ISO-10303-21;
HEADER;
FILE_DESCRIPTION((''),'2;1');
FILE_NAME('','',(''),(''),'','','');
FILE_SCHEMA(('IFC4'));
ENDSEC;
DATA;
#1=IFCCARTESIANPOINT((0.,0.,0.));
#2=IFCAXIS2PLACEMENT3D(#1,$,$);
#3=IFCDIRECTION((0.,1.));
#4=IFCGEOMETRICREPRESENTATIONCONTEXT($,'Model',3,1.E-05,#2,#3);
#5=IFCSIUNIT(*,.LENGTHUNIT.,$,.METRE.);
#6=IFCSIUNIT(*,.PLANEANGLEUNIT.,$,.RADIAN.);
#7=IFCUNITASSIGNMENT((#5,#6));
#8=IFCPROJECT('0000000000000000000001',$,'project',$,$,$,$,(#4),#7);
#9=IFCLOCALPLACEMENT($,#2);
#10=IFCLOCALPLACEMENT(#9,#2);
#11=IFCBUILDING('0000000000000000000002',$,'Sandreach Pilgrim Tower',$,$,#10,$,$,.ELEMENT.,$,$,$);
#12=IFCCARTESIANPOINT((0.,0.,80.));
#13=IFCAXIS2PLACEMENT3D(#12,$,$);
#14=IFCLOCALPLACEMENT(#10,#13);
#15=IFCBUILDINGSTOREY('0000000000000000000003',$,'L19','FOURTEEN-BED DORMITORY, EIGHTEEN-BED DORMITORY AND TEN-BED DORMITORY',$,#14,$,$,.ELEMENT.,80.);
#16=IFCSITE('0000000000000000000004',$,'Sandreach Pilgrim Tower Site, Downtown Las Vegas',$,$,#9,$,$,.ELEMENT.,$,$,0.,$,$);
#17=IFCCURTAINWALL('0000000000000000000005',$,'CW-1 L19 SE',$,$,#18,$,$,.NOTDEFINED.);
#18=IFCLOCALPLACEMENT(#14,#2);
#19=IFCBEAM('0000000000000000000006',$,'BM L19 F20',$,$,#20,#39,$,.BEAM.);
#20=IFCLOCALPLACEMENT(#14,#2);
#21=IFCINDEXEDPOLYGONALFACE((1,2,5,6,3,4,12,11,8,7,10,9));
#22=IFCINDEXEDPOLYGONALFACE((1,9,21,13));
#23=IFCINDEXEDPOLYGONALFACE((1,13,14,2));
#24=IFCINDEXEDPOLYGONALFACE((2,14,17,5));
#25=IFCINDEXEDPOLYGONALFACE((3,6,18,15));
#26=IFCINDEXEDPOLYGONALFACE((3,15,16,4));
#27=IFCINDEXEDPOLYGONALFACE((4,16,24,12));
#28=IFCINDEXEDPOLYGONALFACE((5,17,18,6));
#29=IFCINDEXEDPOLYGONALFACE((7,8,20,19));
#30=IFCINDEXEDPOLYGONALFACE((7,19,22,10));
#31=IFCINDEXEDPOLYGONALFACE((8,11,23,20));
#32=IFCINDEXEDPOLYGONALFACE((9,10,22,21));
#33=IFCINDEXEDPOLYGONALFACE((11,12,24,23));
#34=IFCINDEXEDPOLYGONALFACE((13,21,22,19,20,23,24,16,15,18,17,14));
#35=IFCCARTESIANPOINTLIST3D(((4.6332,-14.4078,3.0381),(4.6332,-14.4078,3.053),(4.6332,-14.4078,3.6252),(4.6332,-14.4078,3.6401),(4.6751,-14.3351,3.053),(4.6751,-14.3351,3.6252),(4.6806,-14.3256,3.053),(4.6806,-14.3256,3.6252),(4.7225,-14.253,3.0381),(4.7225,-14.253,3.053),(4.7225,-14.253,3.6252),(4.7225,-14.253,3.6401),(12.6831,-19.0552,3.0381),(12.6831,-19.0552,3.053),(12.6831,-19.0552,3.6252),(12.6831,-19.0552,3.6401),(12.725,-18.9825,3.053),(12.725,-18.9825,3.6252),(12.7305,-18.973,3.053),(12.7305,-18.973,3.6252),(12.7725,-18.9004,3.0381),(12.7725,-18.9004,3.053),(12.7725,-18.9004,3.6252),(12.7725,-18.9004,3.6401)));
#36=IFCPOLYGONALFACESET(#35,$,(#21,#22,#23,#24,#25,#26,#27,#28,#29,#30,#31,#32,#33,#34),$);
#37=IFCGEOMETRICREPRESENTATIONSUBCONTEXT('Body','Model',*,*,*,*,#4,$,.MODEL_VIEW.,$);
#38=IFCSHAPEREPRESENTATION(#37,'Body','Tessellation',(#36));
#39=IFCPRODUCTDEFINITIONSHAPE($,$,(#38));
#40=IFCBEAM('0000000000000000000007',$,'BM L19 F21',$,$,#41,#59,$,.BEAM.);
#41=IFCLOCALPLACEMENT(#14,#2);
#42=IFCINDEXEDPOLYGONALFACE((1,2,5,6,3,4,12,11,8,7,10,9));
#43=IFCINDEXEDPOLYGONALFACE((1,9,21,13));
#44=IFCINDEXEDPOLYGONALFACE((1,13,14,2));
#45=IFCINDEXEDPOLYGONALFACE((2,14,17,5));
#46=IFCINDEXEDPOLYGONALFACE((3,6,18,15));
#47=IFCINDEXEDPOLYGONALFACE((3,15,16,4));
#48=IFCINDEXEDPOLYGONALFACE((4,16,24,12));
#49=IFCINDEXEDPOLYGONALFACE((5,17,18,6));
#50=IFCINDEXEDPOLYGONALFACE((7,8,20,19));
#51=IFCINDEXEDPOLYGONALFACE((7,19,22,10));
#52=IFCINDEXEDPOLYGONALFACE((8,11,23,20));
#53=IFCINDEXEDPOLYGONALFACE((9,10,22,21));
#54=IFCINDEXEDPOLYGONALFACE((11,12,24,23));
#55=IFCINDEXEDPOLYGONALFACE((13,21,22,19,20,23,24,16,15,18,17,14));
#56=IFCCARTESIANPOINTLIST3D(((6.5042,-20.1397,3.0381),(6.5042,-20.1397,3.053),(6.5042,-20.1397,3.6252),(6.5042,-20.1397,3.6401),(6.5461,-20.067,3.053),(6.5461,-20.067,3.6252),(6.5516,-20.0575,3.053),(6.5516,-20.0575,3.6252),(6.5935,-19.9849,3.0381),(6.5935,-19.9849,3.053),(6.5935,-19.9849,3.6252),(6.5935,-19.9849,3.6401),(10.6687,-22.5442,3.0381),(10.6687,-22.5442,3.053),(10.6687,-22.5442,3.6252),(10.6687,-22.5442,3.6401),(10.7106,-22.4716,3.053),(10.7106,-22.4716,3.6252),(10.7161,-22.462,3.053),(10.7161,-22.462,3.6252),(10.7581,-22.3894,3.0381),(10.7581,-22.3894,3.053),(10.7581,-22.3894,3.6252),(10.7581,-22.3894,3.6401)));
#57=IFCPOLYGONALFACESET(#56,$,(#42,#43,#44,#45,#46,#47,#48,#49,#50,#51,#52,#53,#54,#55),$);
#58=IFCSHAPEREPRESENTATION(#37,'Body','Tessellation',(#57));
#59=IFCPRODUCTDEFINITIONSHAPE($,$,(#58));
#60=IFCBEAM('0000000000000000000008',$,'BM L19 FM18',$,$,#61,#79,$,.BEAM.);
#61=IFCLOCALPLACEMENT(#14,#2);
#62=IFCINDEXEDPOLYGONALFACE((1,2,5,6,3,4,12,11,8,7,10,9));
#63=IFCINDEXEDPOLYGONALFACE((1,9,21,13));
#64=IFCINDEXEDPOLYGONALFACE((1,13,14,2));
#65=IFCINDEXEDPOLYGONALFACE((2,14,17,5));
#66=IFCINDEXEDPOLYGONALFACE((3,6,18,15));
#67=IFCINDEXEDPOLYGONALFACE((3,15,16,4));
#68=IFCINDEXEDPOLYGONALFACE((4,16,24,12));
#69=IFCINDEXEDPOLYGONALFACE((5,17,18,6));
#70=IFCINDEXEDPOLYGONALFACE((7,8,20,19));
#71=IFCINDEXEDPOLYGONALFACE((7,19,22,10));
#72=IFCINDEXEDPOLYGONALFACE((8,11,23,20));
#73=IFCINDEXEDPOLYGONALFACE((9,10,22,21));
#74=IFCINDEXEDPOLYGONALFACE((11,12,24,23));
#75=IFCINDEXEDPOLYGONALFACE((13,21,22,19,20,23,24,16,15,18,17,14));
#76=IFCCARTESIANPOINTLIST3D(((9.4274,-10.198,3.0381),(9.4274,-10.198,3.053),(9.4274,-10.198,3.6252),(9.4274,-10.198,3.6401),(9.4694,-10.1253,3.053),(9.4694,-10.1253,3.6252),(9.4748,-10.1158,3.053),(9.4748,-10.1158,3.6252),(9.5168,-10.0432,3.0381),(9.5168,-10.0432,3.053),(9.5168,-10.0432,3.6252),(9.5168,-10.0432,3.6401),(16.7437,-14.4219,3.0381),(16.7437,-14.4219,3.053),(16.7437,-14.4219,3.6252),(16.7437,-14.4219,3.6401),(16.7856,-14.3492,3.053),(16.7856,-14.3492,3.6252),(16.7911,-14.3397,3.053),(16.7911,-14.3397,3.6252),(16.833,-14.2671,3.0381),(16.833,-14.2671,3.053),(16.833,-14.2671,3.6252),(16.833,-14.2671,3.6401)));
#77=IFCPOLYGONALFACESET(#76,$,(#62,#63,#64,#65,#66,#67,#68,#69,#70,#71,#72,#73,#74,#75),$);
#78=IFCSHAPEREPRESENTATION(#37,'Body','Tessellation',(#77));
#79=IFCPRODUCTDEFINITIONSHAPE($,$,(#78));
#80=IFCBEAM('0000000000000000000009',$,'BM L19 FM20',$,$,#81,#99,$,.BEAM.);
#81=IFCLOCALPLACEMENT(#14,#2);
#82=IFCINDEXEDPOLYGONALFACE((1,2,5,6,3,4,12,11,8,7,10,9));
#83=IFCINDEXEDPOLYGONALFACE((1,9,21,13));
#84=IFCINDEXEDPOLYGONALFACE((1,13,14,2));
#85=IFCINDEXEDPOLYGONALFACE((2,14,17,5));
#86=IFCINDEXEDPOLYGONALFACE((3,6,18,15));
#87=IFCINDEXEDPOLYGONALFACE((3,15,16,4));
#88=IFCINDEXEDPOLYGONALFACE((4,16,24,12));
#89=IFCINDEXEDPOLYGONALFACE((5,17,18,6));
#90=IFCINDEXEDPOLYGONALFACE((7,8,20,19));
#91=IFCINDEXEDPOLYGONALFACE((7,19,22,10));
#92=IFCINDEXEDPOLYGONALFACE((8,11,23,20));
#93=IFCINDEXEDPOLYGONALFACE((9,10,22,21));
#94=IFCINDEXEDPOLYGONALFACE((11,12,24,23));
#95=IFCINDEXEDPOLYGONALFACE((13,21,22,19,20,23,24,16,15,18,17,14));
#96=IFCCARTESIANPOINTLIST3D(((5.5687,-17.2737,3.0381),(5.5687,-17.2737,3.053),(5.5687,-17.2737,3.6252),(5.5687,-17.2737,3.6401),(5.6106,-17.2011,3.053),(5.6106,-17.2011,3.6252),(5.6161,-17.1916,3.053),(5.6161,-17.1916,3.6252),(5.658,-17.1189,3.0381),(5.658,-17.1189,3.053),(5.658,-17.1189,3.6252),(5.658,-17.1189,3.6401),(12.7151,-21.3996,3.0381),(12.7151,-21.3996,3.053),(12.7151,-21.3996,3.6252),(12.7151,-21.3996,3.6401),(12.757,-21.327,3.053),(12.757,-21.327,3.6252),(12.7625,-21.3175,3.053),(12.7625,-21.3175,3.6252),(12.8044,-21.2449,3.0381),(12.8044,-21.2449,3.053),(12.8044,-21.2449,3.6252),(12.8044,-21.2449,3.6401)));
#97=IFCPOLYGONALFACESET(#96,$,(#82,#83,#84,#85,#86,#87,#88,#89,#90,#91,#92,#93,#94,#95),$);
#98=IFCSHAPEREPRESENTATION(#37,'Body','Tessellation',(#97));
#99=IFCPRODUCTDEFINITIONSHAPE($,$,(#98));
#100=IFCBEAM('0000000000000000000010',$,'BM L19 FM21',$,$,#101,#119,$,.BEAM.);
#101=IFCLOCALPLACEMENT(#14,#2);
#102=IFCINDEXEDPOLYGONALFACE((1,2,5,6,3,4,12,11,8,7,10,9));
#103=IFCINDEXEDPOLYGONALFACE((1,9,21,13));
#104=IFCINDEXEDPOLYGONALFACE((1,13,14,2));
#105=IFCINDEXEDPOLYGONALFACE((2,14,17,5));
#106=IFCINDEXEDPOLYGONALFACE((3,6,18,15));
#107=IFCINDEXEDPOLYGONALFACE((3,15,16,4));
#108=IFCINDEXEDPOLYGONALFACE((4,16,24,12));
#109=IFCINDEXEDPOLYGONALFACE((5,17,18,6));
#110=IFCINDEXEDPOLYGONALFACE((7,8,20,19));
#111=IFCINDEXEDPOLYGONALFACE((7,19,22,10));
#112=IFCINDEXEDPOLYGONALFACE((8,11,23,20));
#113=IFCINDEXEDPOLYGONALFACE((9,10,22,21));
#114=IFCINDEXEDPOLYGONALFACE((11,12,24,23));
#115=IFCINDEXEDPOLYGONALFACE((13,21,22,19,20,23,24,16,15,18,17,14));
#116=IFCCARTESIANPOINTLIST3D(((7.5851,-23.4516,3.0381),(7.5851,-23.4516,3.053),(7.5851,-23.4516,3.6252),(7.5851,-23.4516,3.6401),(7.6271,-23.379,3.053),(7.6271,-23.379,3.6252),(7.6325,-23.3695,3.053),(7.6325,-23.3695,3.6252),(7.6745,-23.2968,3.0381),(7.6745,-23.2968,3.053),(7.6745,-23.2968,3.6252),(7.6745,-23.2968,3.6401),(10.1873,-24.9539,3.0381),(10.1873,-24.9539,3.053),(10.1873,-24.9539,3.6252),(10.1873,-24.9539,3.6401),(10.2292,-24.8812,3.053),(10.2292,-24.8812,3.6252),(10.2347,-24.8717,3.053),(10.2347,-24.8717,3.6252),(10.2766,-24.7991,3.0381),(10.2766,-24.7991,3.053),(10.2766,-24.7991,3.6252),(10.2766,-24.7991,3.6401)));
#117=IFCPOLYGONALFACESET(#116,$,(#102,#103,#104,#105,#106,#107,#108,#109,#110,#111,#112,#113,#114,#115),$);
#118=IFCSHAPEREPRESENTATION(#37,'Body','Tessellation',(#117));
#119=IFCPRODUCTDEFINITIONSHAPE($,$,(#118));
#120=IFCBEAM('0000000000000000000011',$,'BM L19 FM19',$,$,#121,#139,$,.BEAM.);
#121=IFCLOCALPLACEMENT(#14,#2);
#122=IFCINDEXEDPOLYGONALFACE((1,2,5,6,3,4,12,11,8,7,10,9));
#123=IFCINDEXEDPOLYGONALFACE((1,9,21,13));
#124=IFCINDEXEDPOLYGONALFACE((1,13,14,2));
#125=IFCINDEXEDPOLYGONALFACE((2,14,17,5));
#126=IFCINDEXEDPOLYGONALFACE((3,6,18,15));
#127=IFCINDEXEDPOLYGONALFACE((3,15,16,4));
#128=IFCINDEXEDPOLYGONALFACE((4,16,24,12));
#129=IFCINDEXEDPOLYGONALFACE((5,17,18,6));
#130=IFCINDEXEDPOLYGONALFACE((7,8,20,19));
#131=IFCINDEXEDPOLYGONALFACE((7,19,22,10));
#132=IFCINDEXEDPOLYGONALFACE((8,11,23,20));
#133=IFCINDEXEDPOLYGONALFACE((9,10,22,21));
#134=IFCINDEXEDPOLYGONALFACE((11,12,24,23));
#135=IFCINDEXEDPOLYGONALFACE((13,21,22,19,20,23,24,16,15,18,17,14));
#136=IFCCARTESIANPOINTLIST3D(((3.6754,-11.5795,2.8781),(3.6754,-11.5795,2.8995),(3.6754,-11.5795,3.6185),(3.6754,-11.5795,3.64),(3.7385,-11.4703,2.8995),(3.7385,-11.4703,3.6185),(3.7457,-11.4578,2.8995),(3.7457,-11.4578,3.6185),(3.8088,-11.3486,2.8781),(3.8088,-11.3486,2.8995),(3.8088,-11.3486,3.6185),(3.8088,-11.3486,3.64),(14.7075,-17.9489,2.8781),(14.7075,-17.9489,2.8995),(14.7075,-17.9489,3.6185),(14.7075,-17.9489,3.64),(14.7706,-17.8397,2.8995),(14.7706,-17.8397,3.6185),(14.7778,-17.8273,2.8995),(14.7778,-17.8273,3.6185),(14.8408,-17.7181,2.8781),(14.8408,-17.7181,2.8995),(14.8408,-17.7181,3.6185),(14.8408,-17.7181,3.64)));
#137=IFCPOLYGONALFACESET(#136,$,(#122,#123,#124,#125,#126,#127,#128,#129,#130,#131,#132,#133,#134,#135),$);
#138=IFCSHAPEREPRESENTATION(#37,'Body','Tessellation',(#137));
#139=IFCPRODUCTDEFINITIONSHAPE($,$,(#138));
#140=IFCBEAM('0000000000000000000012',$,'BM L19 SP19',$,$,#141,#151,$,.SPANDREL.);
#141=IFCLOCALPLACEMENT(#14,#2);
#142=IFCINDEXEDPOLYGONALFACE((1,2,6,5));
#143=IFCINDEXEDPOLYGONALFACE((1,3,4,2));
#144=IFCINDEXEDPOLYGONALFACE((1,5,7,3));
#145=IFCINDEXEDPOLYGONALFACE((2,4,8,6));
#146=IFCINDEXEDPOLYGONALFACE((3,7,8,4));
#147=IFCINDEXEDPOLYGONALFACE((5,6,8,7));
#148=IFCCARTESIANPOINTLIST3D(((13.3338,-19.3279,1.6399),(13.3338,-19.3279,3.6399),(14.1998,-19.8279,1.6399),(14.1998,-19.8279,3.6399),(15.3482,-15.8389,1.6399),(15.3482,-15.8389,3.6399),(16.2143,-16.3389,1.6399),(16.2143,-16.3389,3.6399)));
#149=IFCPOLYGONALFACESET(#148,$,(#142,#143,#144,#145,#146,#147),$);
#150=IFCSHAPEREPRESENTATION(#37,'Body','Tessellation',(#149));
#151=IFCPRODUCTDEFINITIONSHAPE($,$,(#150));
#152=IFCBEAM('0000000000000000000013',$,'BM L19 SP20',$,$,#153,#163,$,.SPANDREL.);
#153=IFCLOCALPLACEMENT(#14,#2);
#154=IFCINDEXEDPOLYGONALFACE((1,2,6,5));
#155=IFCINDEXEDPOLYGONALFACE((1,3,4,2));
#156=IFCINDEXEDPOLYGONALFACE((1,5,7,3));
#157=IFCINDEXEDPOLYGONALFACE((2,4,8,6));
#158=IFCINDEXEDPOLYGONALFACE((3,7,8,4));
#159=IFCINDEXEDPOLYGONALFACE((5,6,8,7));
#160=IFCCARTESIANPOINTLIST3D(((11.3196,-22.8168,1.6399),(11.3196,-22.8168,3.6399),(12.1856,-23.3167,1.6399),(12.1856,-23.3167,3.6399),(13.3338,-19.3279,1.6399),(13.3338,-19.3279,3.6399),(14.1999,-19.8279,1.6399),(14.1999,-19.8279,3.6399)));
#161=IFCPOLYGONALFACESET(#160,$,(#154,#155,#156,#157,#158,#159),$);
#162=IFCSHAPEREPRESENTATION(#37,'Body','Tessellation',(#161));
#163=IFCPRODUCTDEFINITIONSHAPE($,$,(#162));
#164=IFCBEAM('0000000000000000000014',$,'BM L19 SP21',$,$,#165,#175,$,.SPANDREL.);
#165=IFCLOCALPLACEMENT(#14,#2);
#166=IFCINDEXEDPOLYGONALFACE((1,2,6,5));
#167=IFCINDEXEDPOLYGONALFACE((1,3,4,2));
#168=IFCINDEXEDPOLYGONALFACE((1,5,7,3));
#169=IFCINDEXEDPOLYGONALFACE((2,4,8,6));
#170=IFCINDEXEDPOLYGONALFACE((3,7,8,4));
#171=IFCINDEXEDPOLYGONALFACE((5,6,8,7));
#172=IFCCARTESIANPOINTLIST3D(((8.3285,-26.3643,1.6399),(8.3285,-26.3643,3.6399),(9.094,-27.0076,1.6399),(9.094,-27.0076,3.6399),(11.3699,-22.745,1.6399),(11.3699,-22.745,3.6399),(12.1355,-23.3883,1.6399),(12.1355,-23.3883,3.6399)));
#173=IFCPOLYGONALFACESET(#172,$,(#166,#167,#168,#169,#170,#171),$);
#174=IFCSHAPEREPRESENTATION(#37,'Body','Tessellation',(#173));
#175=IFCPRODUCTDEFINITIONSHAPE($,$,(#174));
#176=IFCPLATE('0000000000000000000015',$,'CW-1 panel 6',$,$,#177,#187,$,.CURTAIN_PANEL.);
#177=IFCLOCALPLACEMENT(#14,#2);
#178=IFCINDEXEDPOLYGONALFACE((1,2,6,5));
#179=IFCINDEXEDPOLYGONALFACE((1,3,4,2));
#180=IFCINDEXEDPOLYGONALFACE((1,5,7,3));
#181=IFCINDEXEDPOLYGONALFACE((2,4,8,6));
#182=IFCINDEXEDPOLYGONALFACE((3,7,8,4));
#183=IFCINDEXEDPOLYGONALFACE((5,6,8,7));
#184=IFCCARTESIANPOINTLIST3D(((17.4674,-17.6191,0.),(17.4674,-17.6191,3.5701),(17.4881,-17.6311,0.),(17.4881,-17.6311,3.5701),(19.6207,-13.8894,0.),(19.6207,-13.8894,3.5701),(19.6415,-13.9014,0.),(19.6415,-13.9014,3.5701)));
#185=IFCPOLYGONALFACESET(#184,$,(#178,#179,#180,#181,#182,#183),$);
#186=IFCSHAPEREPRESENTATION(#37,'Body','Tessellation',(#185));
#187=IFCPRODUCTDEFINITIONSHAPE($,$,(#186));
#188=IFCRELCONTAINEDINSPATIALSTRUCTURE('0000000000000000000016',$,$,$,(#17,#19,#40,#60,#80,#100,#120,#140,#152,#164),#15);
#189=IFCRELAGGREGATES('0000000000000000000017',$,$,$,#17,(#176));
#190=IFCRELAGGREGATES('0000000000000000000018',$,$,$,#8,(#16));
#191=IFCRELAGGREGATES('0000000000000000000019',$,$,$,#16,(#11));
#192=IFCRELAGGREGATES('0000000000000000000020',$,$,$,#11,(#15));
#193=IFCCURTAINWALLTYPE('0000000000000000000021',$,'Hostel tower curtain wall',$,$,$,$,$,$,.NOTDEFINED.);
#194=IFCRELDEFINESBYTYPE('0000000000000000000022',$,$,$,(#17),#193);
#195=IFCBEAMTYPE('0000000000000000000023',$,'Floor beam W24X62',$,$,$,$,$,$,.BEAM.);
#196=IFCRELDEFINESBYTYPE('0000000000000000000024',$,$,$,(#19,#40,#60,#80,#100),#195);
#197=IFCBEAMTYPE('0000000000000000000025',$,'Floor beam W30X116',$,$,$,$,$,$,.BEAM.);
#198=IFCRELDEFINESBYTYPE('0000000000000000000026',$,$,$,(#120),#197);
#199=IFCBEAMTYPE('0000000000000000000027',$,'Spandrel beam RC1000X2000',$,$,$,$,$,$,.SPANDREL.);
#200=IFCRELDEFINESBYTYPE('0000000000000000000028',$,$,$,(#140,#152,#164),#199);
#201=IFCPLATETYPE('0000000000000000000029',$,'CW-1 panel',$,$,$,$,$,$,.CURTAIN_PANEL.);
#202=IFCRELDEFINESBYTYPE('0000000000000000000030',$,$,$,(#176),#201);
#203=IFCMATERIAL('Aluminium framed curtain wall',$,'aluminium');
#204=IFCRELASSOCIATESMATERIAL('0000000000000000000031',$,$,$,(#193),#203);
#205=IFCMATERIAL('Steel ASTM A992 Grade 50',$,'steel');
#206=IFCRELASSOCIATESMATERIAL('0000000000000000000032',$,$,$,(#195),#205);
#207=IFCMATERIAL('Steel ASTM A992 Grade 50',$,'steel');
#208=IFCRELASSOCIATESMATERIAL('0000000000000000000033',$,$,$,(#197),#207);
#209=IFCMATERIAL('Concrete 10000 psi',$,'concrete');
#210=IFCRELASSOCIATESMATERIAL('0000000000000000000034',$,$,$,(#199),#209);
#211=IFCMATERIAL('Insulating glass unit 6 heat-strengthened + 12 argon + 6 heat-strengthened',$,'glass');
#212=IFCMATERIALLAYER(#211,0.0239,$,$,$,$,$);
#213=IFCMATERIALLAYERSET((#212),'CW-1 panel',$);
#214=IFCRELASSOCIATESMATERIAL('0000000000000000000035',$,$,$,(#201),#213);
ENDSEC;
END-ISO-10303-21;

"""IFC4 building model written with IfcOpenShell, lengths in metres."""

from ifc_helpers import new_model, si_unit, direction, frame, origin, origin_2d, place, context, subcontext, project, spatial, rectangle, i_section, extrude, material, layer, layer_set, material_profile, profile_set, type_object, element, aggregate, save


model = new_model("IFC4")

# Units and contexts
model_context = context("Model", 3, precision=1e-05, world=origin(), true_north=direction((0.0, 1.0)))
body_context = subcontext(model_context, "Body", "Model", "MODEL_VIEW")
ifc_project = project(units=[si_unit("LENGTHUNIT", "METRE"), si_unit("PLANEANGLEUNIT", "RADIAN")], contexts=[model_context])

# Site, building, storey
site_placement = place(None, origin())
site = spatial("IfcSite", under=ifc_project, at=site_placement, Name="Sandreach Pilgrim Tower Site, Downtown Las Vegas", CompositionType="ELEMENT", RefElevation=0.0)
building_placement = place(site_placement, origin())
building = spatial("IfcBuilding", under=site, at=building_placement, Name="Sandreach Pilgrim Tower", CompositionType="ELEMENT")
storey_placement = place(building_placement, frame((0.0, 0.0, 80.0)))
storey = spatial("IfcBuildingStorey", under=building, at=storey_placement, Name="L19", Description="FOURTEEN-BED DORMITORY, EIGHTEEN-BED DORMITORY AND TEN-BED DORMITORY", CompositionType="ELEMENT", Elevation=80.0)

# Curtain wall
ifc_material_1 = material(Name="Aluminium framed curtain wall", Category="aluminium")
curtain_wall_type = type_object("IfcCurtainWallType", Name="Hostel tower curtain wall", PredefinedType="NOTDEFINED", material=ifc_material_1)
curtain_wall_1_placement = place(storey_placement, origin())
curtain_wall_1 = element("IfcCurtainWall", 1, at=curtain_wall_1_placement, inside=storey, type_object=curtain_wall_type, Name="CW-1 L19 SE", PredefinedType="NOTDEFINED")

# Beams
ifc_material_2 = material(Name="Steel ASTM A992 Grade 50", Category="steel")
ifc_material_profile_1 = material_profile(ifc_material_2, i_section(OverallWidth=0.1787, OverallDepth=0.6021, WebThickness=0.011, FlangeThickness=0.0149, at=origin_2d()), Name="W24X62")
ifc_profile_set_1 = profile_set([ifc_material_profile_1], Name="Steel ASTM A992 Grade 50")
beam_type_1 = type_object("IfcBeamType", Name="Floor beam W24X62", PredefinedType="BEAM", material=ifc_profile_set_1)
beam_1_placement = place(storey_placement, frame((12.7278, -18.9778, 3.3391), z_axis=(-0.866036, 0.499981, 0.0), x_axis=(-0.499981, -0.866036, 0.0)))
element("IfcBeam", 2, at=beam_1_placement, inside=storey, type_object=beam_type_1, Name="BM L19 F20", PredefinedType="BEAM", context=body_context, shape_type="SweptSolid", body=[
    extrude(i_section(OverallWidth=0.1787, OverallDepth=0.6021, WebThickness=0.011, FlangeThickness=0.0149, at=origin_2d()), origin(), (0.0, 0.0, 1.0), 9.2952),
])
beam_2_placement = place(storey_placement, frame((10.7134, -22.4668, 3.3391), z_axis=(-0.866013, 0.500021, 0.0), x_axis=(-0.500021, -0.866013, 0.0)))
element("IfcBeam", 3, at=beam_2_placement, inside=storey, type_object=beam_type_1, Name="BM L19 F21", PredefinedType="BEAM", context=body_context, shape_type="SweptSolid", body=[
    extrude(i_section(OverallWidth=0.1787, OverallDepth=0.6021, WebThickness=0.011, FlangeThickness=0.0149, at=origin_2d()), origin(), (0.0, 0.0, 1.0), 4.8088),
])
beam_3_placement = place(storey_placement, frame((16.7883, -14.3445, 3.3391), z_axis=(-0.866031, 0.49999, 0.0), x_axis=(-0.49999, -0.866031, 0.0)))
element("IfcBeam", 4, at=beam_3_placement, inside=storey, type_object=beam_type_1, Name="BM L19 FM18", PredefinedType="BEAM", context=body_context, shape_type="SweptSolid", body=[
    extrude(i_section(OverallWidth=0.1787, OverallDepth=0.6021, WebThickness=0.011, FlangeThickness=0.0149, at=origin_2d()), origin(), (0.0, 0.0, 1.0), 8.448),
])
beam_4_placement = place(storey_placement, frame((12.7598, -21.3223, 3.3391), z_axis=(-0.866028, 0.499996, 0.0), x_axis=(-0.499996, -0.866028, 0.0)))
element("IfcBeam", 5, at=beam_4_placement, inside=storey, type_object=beam_type_1, Name="BM L19 FM20", PredefinedType="BEAM", context=body_context, shape_type="SweptSolid", body=[
    extrude(i_section(OverallWidth=0.1787, OverallDepth=0.6021, WebThickness=0.011, FlangeThickness=0.0149, at=origin_2d()), origin(), (0.0, 0.0, 1.0), 8.252),
])
beam_5_placement = place(storey_placement, frame((10.2319, -24.8765, 3.3391), z_axis=(-0.866039, 0.499976, 0.0), x_axis=(-0.499976, -0.866039, 0.0)))
element("IfcBeam", 6, at=beam_5_placement, inside=storey, type_object=beam_type_1, Name="BM L19 FM21", PredefinedType="BEAM", context=body_context, shape_type="SweptSolid", body=[
    extrude(i_section(OverallWidth=0.1787, OverallDepth=0.6021, WebThickness=0.011, FlangeThickness=0.0149, at=origin_2d()), origin(), (0.0, 0.0, 1.0), 3.0046),
])
ifc_material_3 = material(Name="Steel ASTM A992 Grade 50", Category="steel")
ifc_material_profile_2 = material_profile(ifc_material_3, i_section(OverallWidth=0.2666, OverallDepth=0.762, WebThickness=0.0144, FlangeThickness=0.0215, at=origin_2d()), Name="W30X116")
ifc_profile_set_2 = profile_set([ifc_material_profile_2], Name="Steel ASTM A992 Grade 50")
beam_type_2 = type_object("IfcBeamType", Name="Floor beam W30X116", PredefinedType="BEAM", material=ifc_profile_set_2)
beam_6_placement = place(storey_placement, frame((14.7742, -17.8335, 3.259), z_axis=(-0.866023, 0.500004, 0.0), x_axis=(-0.500004, -0.866023, 0.0)))
element("IfcBeam", 7, at=beam_6_placement, inside=storey, type_object=beam_type_2, Name="BM L19 FM19", PredefinedType="BEAM", context=body_context, shape_type="SweptSolid", body=[
    extrude(i_section(OverallWidth=0.2666, OverallDepth=0.762, WebThickness=0.0144, FlangeThickness=0.0215, at=origin_2d()), origin(), (0.0, 0.0, 1.0), 12.7388),
])
ifc_material_4 = material(Name="Concrete 10000 psi", Category="concrete")
ifc_material_profile_3 = material_profile(ifc_material_4, rectangle(XDim=1.0, YDim=2.0, at=origin_2d()), Name="RC1000X2000")
ifc_profile_set_3 = profile_set([ifc_material_profile_3], Name="Concrete 10000 psi")
beam_type_3 = type_object("IfcBeamType", Name="Spandrel beam RC1000X2000", PredefinedType="SPANDREL", material=ifc_profile_set_3)
beam_7_placement = place(storey_placement, frame((15.7812, -16.0889, 2.6399), z_axis=(-0.500004, -0.866023, 0.0), x_axis=(0.866023, -0.500004, 0.0)))
element("IfcBeam", 8, at=beam_7_placement, inside=storey, type_object=beam_type_3, Name="BM L19 SP19", PredefinedType="SPANDREL", context=body_context, shape_type="SweptSolid", body=[
    extrude(rectangle(XDim=1.0, YDim=2.0, at=origin_2d()), origin(), (0.0, 0.0, 1.0), 4.0288),
])
beam_8_placement = place(storey_placement, frame((13.7668, -19.5779, 2.6399), z_axis=(-0.499985, -0.866034, 0.0), x_axis=(0.866034, -0.499985, 0.0)))
element("IfcBeam", 9, at=beam_8_placement, inside=storey, type_object=beam_type_3, Name="BM L19 SP20", PredefinedType="SPANDREL", context=body_context, shape_type="SweptSolid", body=[
    extrude(rectangle(XDim=1.0, YDim=2.0, at=origin_2d()), origin(), (0.0, 0.0, 1.0), 4.0286),
])
beam_9_placement = place(storey_placement, frame((11.7527, -23.0667, 2.6399), z_axis=(-0.643343, -0.765578, 0.0), x_axis=(0.765578, -0.643343, 0.0)))
element("IfcBeam", 10, at=beam_9_placement, inside=storey, type_object=beam_type_3, Name="BM L19 SP21", PredefinedType="SPANDREL", context=body_context, shape_type="SweptSolid", body=[
    extrude(rectangle(XDim=1.0, YDim=2.0, at=origin_2d()), origin(), (0.0, 0.0, 1.0), 4.7275),
])

# Plate
ifc_material_5 = material(Name="Insulating glass unit 6 heat-strengthened + 12 argon + 6 heat-strengthened", Category="glass")
ifc_layer_1 = layer(ifc_material_5, 0.0239)
ifc_layer_set_1 = layer_set([ifc_layer_1], Name="CW-1 panel")
plate_type = type_object("IfcPlateType", Name="CW-1 panel", PredefinedType="CURTAIN_PANEL", material=ifc_layer_set_1)
plate_1_placement = place(storey_placement, frame((18.5544, -15.7603, 0.0), z_axis=(0.0, 0.0, 1.0), x_axis=(-0.5, -0.866025, 0.0)))
plate_1 = element("IfcPlate", 11, at=plate_1_placement, type_object=plate_type, Name="CW-1 panel 6", PredefinedType="CURTAIN_PANEL", context=body_context, shape_type="SweptSolid", body=[
    extrude(rectangle(XDim=4.3066, YDim=0.0239, at=origin_2d()), origin(), (0.0, 0.0, 1.0), 3.5701),
])
aggregate(curtain_wall_1, [plate_1])

save(model, "model.ifc")
